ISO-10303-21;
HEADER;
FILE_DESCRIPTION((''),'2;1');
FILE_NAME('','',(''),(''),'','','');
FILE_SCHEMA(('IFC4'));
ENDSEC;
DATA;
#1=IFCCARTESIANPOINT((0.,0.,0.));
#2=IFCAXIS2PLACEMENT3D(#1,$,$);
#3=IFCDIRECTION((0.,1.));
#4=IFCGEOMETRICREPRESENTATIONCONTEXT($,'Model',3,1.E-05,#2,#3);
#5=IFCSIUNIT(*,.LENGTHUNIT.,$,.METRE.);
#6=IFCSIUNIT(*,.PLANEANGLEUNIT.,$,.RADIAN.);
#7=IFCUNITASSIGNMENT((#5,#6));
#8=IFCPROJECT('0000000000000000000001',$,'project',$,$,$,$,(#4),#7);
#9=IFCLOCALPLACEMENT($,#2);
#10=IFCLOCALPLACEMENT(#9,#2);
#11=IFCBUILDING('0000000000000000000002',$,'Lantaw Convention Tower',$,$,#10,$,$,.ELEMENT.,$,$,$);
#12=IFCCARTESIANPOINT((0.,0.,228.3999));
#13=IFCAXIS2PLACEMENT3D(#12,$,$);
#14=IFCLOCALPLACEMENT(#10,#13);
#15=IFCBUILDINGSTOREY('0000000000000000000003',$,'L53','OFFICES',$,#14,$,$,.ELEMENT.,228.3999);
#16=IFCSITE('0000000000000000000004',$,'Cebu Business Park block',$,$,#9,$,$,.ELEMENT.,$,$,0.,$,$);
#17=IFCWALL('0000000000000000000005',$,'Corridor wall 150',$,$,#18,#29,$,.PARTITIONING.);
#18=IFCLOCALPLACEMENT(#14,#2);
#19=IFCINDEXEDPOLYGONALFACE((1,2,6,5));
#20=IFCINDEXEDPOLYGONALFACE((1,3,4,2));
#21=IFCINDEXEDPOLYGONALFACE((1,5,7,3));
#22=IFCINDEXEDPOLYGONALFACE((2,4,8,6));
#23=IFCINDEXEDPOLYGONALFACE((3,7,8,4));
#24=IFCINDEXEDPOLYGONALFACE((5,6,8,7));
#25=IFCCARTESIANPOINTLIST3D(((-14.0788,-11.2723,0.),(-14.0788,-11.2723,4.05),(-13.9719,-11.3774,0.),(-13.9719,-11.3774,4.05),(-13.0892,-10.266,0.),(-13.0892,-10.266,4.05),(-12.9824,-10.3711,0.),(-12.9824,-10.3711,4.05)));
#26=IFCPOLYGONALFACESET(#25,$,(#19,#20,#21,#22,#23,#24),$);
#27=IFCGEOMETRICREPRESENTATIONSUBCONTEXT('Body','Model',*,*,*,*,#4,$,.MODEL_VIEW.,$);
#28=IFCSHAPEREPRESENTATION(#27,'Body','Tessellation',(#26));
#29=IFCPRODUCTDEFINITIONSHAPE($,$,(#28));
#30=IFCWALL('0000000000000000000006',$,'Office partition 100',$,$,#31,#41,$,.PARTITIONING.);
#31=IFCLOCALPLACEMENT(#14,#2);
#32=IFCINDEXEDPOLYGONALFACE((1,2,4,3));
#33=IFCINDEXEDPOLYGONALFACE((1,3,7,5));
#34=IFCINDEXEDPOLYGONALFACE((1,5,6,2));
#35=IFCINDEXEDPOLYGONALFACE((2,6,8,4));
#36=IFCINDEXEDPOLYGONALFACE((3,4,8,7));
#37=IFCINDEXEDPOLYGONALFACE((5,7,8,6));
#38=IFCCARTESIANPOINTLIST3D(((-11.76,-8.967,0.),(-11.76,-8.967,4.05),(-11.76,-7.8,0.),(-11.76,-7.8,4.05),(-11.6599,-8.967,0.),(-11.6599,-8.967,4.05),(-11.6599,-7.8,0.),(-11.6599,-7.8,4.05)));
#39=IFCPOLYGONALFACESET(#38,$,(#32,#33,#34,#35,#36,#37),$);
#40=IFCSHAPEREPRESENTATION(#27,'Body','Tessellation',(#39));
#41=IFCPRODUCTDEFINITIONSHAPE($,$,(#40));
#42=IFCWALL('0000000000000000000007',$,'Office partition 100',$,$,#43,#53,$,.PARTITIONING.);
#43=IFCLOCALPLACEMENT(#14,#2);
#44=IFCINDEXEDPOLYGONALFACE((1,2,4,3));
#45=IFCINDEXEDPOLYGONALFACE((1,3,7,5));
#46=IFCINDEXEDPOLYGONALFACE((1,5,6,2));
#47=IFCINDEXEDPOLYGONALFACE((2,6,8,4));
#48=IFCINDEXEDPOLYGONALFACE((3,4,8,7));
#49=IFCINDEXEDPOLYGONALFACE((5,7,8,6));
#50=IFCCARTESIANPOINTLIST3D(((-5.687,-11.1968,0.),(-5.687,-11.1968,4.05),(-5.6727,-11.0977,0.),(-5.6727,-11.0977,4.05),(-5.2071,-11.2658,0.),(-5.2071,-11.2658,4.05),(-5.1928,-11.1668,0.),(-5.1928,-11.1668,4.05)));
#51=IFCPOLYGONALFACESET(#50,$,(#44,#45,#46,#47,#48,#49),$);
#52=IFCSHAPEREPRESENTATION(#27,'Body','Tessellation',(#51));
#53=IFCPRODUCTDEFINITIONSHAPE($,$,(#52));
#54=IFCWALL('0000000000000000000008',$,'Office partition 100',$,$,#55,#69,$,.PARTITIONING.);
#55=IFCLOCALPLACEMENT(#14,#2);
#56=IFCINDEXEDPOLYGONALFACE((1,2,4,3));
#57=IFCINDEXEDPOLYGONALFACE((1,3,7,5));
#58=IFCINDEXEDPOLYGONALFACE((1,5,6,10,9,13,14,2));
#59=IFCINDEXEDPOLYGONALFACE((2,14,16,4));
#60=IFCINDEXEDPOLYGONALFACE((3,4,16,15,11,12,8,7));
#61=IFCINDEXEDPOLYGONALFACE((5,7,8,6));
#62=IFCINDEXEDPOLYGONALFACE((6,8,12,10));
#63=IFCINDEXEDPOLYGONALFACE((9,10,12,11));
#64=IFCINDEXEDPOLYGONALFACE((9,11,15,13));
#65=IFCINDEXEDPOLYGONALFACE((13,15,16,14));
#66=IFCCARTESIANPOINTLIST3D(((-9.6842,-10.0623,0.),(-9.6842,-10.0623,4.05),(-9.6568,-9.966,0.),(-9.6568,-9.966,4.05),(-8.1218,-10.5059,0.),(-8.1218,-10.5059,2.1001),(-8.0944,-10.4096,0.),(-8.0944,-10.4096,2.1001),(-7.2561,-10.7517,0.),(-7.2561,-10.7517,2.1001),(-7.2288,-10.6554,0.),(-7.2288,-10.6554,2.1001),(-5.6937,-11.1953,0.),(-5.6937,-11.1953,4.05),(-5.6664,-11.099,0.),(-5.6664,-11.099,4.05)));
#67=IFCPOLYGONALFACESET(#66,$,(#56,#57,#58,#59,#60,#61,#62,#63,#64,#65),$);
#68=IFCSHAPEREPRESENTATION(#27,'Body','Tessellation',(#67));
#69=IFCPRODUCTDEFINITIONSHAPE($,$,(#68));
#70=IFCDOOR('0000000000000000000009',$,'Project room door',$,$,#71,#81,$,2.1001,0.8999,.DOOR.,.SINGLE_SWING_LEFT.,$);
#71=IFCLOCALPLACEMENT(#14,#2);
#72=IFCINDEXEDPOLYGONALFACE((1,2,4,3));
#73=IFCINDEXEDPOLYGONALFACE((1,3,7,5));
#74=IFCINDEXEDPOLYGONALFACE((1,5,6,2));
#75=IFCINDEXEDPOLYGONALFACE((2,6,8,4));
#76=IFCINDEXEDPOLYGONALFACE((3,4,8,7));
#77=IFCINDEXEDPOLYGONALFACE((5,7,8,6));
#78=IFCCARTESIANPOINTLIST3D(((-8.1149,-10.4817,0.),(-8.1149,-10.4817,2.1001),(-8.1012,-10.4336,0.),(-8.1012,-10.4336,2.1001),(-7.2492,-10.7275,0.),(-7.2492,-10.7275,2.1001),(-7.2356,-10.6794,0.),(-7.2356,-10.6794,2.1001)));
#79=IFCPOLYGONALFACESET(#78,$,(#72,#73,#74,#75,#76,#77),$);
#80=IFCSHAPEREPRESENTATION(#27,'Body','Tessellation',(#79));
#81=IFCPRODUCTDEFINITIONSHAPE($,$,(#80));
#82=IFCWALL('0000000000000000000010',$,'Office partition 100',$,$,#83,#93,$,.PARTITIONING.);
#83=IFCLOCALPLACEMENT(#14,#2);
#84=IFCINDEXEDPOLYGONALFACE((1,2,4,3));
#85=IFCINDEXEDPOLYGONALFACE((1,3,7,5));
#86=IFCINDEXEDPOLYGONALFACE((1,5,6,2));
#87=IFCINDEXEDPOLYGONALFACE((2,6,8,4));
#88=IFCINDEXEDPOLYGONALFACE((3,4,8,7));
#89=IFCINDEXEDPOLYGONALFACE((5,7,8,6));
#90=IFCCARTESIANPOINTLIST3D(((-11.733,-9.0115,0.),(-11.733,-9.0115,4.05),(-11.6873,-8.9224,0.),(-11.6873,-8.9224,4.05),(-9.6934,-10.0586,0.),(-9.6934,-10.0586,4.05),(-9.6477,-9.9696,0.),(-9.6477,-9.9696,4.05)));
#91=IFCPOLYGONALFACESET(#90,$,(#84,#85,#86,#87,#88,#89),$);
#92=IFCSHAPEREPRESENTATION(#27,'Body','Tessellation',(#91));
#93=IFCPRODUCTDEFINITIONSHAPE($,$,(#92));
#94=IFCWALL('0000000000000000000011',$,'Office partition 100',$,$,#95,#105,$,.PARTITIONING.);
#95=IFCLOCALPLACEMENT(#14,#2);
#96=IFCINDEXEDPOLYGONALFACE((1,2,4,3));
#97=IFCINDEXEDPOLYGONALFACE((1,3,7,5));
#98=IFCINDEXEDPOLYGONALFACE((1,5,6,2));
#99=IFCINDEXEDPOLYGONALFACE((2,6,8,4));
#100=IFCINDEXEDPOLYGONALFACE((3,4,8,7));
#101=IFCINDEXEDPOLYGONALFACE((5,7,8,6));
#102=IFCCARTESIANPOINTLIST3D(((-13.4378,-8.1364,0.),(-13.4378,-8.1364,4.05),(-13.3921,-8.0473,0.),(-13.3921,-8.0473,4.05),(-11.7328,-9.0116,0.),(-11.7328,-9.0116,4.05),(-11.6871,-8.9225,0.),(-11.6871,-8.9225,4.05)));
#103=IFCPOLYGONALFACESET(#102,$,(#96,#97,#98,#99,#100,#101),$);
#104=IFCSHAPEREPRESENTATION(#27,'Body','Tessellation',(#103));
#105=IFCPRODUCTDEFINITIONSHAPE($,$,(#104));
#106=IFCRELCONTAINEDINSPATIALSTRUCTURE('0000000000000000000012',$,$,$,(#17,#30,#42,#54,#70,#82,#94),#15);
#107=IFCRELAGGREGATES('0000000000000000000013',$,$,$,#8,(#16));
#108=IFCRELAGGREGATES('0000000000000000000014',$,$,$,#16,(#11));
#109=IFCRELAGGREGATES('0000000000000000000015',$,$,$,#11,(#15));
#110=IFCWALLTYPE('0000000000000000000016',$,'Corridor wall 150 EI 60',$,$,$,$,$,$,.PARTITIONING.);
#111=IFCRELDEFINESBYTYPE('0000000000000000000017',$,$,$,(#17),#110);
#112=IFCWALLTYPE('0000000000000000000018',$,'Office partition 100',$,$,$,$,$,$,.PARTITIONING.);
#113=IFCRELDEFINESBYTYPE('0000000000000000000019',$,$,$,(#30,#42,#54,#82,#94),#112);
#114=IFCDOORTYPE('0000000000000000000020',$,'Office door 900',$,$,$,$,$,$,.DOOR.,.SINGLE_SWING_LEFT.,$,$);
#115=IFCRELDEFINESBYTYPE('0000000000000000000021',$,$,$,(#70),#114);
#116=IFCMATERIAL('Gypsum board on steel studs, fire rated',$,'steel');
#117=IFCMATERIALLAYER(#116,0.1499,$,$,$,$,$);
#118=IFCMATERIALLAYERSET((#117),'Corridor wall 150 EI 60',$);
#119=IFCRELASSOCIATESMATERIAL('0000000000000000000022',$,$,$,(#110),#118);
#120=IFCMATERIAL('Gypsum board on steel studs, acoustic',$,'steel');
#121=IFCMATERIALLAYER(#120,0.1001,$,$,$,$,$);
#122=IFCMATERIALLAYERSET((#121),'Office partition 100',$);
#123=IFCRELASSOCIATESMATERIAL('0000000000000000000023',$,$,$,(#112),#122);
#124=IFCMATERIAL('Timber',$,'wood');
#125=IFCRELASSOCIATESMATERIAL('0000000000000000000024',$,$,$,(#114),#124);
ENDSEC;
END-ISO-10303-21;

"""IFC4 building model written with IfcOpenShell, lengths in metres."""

from ifc_helpers import new_model, si_unit, direction, frame, frame_2d, origin, place, context, subcontext, project, spatial, rectangle, extrude, material, layer, layer_set, type_object, element, fill, save


model = new_model("IFC4")

# Units and contexts
model_context = context("Model", 3, precision=1e-05, world=origin(), true_north=direction((0.0, 1.0)))
body_context = subcontext(model_context, "Body", "Model", "MODEL_VIEW")
ifc_project = project(units=[si_unit("LENGTHUNIT", "METRE"), si_unit("PLANEANGLEUNIT", "RADIAN")], contexts=[model_context])

# Site, building, storey
site_placement = place(None, origin())
site = spatial("IfcSite", under=ifc_project, at=site_placement, Name="Cebu Business Park block", CompositionType="ELEMENT", RefElevation=0.0)
building_placement = place(site_placement, origin())
building = spatial("IfcBuilding", under=site, at=building_placement, Name="Lantaw Convention Tower", CompositionType="ELEMENT")
storey_placement = place(building_placement, frame((0.0, 0.0, 228.3999)))
storey = spatial("IfcBuildingStorey", under=building, at=storey_placement, Name="L53", Description="OFFICES", CompositionType="ELEMENT", Elevation=228.3999)

# Shared definitions
ifc_material_1 = material(Name="Gypsum board on steel studs, fire rated", Category="steel")
ifc_layer_1 = layer(ifc_material_1, 0.1499)
ifc_layer_set_1 = layer_set([ifc_layer_1], Name="Corridor wall 150 EI 60")
wall_type_1 = type_object("IfcWallType", Name="Corridor wall 150 EI 60", PredefinedType="PARTITIONING", material=ifc_layer_set_1)

# Walls
wall_1_placement = place(storey_placement, frame((-13.0359, -10.3186, 0.0), z_axis=(0.0, 0.0, 1.0), x_axis=(-0.701114, -0.71305, 0.0)))
element("IfcWall", 1, at=wall_1_placement, inside=storey, type_object=wall_type_1, Name="Corridor wall 150", PredefinedType="PARTITIONING", context=body_context, shape_type="SweptSolid", body=[
    extrude(rectangle(XDim=1.4114, YDim=0.1499, at=frame_2d((0.7056, 0.0))), origin(), (0.0, 0.0, 1.0), 4.05),
])
ifc_material_2 = material(Name="Gypsum board on steel studs, acoustic", Category="steel")
ifc_layer_2 = layer(ifc_material_2, 0.1001)
ifc_layer_set_2 = layer_set([ifc_layer_2], Name="Office partition 100")
wall_type_2 = type_object("IfcWallType", Name="Office partition 100", PredefinedType="PARTITIONING", material=ifc_layer_set_2)
wall_2_placement = place(storey_placement, frame((-11.71, -7.8, 0.0), z_axis=(0.0, 0.0, 1.0), x_axis=(0.0, -1.0, 0.0)))
element("IfcWall", 2, at=wall_2_placement, inside=storey, type_object=wall_type_2, Name="Office partition 100", PredefinedType="PARTITIONING", context=body_context, shape_type="SweptSolid", body=[
    extrude(rectangle(XDim=1.167, YDim=0.1001, at=frame_2d((0.5835, 0.0))), origin(), (0.0, 0.0, 1.0), 4.05),
])
wall_3_placement = place(storey_placement, frame((-5.2, -11.2163, 0.0), z_axis=(0.0, 0.0, 1.0), x_axis=(-0.989798, 0.142479, 0.0)))
element("IfcWall", 3, at=wall_3_placement, inside=storey, type_object=wall_type_2, Name="Office partition 100", PredefinedType="PARTITIONING", context=body_context, shape_type="SweptSolid", body=[
    extrude(rectangle(XDim=0.4849, YDim=0.1001, at=frame_2d((0.2424, 0.0))), origin(), (0.0, 0.0, 1.0), 4.05),
])

# Wall, opening, door
wall_4_placement = place(storey_placement, frame((-5.6799, -11.1472, 0.0), z_axis=(0.0, 0.0, 1.0), x_axis=(-0.961973, 0.273143, 0.0)))
wall_4 = element("IfcWall", 4, at=wall_4_placement, inside=storey, type_object=wall_type_2, Name="Office partition 100", PredefinedType="PARTITIONING", context=body_context, shape_type="SweptSolid", body=[
    extrude(rectangle(XDim=4.1482, YDim=0.1001, at=frame_2d((2.0742, 0.0))), origin(), (0.0, 0.0, 1.0), 4.05),
])
opening_1_placement = place(wall_4_placement, frame((1.6243, 0.0, 0.0)))
opening_1 = element("IfcOpeningElement", 5, at=opening_1_placement, cuts=wall_4, PredefinedType="OPENING", context=body_context, shape_type="SweptSolid", body=[
    extrude(rectangle(XDim=0.8999, YDim=2.1001, at=frame_2d((0.45, 1.05))), frame((0.0, 0.0601, 0.0), z_axis=(0.0, -1.0, 0.0), x_axis=(1.0, 0.0, 0.0)), (0.0, 0.0, 1.0), 0.1201),
])
ifc_material_3 = material(Name="Timber", Category="wood")
door_type_1 = type_object("IfcDoorType", Name="Office door 900", OperationType="SINGLE_SWING_LEFT", PredefinedType="DOOR", material=ifc_material_3)
door_1_placement = place(opening_1_placement, origin())
door_1 = element("IfcDoor", 6, at=door_1_placement, inside=storey, type_object=door_type_1, Name="Project room door", OperationType="SINGLE_SWING_LEFT", OverallHeight=2.1001, OverallWidth=0.8999, PredefinedType="DOOR", context=body_context, shape_type="SweptSolid", body=[
    extrude(rectangle(XDim=0.8999, YDim=2.1001, at=frame_2d((0.45, 1.05))), frame((0.0, 0.0249, 0.0), z_axis=(0.0, -1.0, 0.0), x_axis=(1.0, 0.0, 0.0)), (0.0, 0.0, 1.0), 0.05),
])
fill(opening_1, door_1)

# Walls
wall_5_placement = place(storey_placement, frame((-9.6704, -10.0142, 0.0), z_axis=(0.0, 0.0, 1.0), x_axis=(-0.889606, 0.45673, 0.0)))
element("IfcWall", 7, at=wall_5_placement, inside=storey, type_object=wall_type_2, Name="Office partition 100", PredefinedType="PARTITIONING", context=body_context, shape_type="SweptSolid", body=[
    extrude(rectangle(XDim=2.2927, YDim=0.1001, at=frame_2d((1.1465, 0.0))), origin(), (0.0, 0.0, 1.0), 4.05),
])
wall_6_placement = place(storey_placement, frame((-11.71, -8.967, 0.0), z_axis=(0.0, 0.0, 1.0), x_axis=(-0.889638, 0.456666, 0.0)))
element("IfcWall", 8, at=wall_6_placement, inside=storey, type_object=wall_type_2, Name="Office partition 100", PredefinedType="PARTITIONING", context=body_context, shape_type="SweptSolid", body=[
    extrude(rectangle(XDim=1.9165, YDim=0.1001, at=frame_2d((0.9583, 0.0))), origin(), (0.0, 0.0, 1.0), 4.05),
])

save(model, "model.ifc")
